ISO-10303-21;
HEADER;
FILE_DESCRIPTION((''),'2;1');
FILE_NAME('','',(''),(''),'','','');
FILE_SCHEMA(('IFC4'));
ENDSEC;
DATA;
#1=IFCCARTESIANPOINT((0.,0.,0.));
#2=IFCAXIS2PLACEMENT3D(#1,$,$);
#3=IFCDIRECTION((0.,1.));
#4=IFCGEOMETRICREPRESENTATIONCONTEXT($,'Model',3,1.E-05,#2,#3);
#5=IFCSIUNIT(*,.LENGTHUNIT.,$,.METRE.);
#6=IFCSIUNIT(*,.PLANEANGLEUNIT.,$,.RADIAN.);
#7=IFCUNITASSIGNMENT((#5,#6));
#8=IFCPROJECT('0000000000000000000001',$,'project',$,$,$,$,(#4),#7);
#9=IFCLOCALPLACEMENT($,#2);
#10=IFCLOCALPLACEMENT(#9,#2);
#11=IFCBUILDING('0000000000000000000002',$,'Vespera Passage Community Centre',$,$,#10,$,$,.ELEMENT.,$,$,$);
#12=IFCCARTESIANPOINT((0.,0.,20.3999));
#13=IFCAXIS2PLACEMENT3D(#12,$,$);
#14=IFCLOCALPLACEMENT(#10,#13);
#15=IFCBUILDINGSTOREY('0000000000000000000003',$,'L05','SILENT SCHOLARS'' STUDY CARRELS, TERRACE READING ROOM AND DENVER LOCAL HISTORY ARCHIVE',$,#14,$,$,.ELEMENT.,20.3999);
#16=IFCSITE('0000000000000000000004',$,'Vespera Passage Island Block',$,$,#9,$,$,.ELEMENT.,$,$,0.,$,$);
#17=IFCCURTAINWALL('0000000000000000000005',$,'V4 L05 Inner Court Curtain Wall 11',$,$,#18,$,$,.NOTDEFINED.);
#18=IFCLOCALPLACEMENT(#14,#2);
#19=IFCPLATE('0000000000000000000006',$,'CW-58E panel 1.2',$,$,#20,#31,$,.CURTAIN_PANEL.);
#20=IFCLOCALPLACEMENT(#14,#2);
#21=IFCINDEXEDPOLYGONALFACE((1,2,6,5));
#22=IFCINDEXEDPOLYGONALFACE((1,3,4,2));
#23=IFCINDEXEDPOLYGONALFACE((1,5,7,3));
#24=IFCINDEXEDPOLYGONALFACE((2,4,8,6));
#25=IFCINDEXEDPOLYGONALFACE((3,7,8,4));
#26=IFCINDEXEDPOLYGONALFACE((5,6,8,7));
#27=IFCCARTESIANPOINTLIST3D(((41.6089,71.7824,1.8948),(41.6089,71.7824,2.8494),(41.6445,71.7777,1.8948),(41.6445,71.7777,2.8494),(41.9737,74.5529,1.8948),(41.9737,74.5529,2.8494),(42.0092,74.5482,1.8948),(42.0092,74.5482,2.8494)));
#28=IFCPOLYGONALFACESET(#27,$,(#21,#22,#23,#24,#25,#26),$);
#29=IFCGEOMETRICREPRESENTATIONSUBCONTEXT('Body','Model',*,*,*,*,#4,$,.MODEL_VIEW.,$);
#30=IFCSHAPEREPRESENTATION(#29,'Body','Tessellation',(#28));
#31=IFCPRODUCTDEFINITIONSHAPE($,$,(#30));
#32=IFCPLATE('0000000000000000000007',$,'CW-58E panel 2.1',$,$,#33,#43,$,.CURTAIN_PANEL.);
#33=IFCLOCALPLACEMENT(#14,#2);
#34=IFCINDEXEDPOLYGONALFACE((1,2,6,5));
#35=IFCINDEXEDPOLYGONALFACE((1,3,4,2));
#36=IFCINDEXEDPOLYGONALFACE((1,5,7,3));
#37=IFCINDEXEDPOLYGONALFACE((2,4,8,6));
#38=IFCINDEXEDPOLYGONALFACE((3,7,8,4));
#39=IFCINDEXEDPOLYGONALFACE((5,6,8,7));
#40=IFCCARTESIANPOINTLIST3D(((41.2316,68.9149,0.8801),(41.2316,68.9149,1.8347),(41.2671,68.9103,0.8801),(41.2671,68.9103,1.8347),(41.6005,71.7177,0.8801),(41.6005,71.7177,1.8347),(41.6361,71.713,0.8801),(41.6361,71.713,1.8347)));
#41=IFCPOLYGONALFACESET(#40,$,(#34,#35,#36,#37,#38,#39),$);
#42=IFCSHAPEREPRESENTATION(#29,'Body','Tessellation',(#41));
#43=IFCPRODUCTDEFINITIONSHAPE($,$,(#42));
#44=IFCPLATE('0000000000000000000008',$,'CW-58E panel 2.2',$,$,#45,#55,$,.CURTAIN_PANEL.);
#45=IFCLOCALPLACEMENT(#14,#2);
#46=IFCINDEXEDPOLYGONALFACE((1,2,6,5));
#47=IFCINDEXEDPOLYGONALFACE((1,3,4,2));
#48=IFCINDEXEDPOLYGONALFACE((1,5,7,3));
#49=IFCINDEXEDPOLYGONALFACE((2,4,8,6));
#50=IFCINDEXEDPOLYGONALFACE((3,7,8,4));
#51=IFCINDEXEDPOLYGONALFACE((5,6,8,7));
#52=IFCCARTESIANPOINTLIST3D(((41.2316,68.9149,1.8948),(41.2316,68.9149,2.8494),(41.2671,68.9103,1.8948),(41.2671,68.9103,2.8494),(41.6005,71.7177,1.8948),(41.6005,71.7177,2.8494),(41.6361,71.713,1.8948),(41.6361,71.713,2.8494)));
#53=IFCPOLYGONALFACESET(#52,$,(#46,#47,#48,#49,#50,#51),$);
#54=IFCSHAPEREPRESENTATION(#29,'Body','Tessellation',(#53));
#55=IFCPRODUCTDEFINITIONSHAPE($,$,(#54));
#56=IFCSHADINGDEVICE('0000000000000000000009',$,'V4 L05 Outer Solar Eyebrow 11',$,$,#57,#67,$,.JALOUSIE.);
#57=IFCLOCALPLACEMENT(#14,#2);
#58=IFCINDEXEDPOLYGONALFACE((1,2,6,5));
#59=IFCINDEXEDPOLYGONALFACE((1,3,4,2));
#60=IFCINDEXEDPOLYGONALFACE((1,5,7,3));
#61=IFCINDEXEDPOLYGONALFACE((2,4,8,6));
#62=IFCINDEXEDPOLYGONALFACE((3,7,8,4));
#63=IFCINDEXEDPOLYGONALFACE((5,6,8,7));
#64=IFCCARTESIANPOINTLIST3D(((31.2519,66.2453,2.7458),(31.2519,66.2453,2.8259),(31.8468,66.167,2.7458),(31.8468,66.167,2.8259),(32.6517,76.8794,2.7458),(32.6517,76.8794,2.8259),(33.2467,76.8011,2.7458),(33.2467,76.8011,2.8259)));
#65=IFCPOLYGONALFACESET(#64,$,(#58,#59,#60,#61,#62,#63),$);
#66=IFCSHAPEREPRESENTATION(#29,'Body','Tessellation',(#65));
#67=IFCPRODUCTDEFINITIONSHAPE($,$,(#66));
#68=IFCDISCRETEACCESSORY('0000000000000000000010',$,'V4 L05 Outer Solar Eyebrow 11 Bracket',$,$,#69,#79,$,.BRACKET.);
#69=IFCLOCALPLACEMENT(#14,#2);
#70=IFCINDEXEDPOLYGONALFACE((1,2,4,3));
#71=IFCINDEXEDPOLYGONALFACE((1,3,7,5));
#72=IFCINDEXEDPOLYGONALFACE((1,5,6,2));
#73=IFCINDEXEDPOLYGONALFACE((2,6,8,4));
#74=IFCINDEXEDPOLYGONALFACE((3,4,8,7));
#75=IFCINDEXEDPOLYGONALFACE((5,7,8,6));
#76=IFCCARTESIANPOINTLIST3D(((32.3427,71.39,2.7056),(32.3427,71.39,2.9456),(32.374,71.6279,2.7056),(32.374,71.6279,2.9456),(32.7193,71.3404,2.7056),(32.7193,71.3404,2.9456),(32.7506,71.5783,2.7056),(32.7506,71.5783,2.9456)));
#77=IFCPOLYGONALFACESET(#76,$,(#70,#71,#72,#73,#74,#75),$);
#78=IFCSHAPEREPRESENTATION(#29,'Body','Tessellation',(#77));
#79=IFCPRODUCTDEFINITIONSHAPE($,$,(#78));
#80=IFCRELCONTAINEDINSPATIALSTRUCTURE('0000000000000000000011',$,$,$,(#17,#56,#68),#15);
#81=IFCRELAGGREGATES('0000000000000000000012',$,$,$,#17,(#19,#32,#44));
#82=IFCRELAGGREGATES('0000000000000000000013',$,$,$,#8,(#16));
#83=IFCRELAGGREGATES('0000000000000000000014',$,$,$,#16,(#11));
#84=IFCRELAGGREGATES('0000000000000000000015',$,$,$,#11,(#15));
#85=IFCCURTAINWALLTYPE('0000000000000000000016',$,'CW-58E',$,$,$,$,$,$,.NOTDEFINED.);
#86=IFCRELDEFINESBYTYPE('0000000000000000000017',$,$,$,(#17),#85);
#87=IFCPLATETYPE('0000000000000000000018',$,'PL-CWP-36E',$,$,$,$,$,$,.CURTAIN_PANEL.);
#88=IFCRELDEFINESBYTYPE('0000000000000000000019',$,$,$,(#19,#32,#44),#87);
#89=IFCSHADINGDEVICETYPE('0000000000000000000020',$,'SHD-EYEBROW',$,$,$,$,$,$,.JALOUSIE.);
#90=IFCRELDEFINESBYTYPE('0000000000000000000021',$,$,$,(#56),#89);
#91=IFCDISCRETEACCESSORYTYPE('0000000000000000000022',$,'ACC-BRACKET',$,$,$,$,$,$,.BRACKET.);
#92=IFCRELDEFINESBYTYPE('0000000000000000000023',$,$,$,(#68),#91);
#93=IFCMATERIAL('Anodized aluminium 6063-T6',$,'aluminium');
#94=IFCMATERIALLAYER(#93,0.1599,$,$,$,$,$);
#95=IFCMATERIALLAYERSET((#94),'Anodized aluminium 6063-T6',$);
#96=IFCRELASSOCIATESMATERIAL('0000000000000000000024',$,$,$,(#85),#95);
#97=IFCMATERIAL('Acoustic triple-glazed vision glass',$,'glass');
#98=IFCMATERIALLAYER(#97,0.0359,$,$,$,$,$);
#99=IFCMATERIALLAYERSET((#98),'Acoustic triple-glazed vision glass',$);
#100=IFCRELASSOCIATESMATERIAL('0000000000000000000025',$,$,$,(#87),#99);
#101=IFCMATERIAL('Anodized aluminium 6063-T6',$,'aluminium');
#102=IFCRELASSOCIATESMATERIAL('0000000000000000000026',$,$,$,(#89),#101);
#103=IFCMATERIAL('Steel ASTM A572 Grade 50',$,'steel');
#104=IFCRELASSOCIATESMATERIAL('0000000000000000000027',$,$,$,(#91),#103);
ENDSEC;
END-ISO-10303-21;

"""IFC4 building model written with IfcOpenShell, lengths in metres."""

from ifc_helpers import new_model, si_unit, direction, frame, origin, origin_2d, place, context, subcontext, project, spatial, rectangle, extrude, material, layer, layer_set, type_object, element, aggregate, save


model = new_model("IFC4")

# Units and contexts
model_context = context("Model", 3, precision=1e-05, world=origin(), true_north=direction((0.0, 1.0)))
body_context = subcontext(model_context, "Body", "Model", "MODEL_VIEW")
ifc_project = project(units=[si_unit("LENGTHUNIT", "METRE"), si_unit("PLANEANGLEUNIT", "RADIAN")], contexts=[model_context])

# Site, building, storey
site_placement = place(None, origin())
site = spatial("IfcSite", under=ifc_project, at=site_placement, Name="Vespera Passage Island Block", CompositionType="ELEMENT", RefElevation=0.0)
building_placement = place(site_placement, origin())
building = spatial("IfcBuilding", under=site, at=building_placement, Name="Vespera Passage Community Centre", CompositionType="ELEMENT")
storey_placement = place(building_placement, frame((0.0, 0.0, 20.3999)))
storey = spatial("IfcBuildingStorey", under=building, at=storey_placement, Name="L05", Description="SILENT SCHOLARS' STUDY CARRELS, TERRACE READING ROOM AND DENVER LOCAL HISTORY ARCHIVE", CompositionType="ELEMENT", Elevation=20.3999)

# Curtain wall
ifc_material_1 = material(Name="Anodized aluminium 6063-T6", Category="aluminium")
ifc_layer_1 = layer(ifc_material_1, 0.1599)
ifc_layer_set_1 = layer_set([ifc_layer_1], Name="Anodized aluminium 6063-T6")
curtain_wall_type_1 = type_object("IfcCurtainWallType", Name="CW-58E", PredefinedType="NOTDEFINED", material=ifc_layer_set_1)
curtain_wall_1_placement = place(storey_placement, origin())
curtain_wall_1 = element("IfcCurtainWall", 1, at=curtain_wall_1_placement, inside=storey, type_object=curtain_wall_type_1, Name="V4 L05 Inner Court Curtain Wall 11", PredefinedType="NOTDEFINED")

# Plates
ifc_material_2 = material(Name="Acoustic triple-glazed vision glass", Category="glass")
ifc_layer_2 = layer(ifc_material_2, 0.0359)
ifc_layer_set_2 = layer_set([ifc_layer_2], Name="Acoustic triple-glazed vision glass")
plate_type = type_object("IfcPlateType", Name="PL-CWP-36E", PredefinedType="CURTAIN_PANEL", material=ifc_layer_set_2)
plate_1_placement = place(storey_placement, frame((41.8091, 73.1653, 1.8948), z_axis=(0.0, 0.0, 1.0), x_axis=(-0.130522, -0.991445, 0.0)))
plate_1 = element("IfcPlate", 2, at=plate_1_placement, type_object=plate_type, Name="CW-58E panel 1.2", PredefinedType="CURTAIN_PANEL", context=body_context, shape_type="SweptSolid", body=[
    extrude(rectangle(XDim=2.7944, YDim=0.0359, at=origin_2d()), origin(), (0.0, 0.0, 1.0), 0.9546),
])
plate_2_placement = place(storey_placement, frame((41.4338, 70.314, 0.8801), z_axis=(0.0, 0.0, 1.0), x_axis=(-0.130522, -0.991445, 0.0)))
plate_2 = element("IfcPlate", 3, at=plate_2_placement, type_object=plate_type, Name="CW-58E panel 2.1", PredefinedType="CURTAIN_PANEL", context=body_context, shape_type="SweptSolid", body=[
    extrude(rectangle(XDim=2.8269, YDim=0.0359, at=origin_2d()), origin(), (0.0, 0.0, 1.0), 0.9546),
])
plate_3_placement = place(storey_placement, frame((41.4338, 70.314, 1.8948), z_axis=(0.0, 0.0, 1.0), x_axis=(-0.130522, -0.991445, 0.0)))
plate_3 = element("IfcPlate", 4, at=plate_3_placement, type_object=plate_type, Name="CW-58E panel 2.2", PredefinedType="CURTAIN_PANEL", context=body_context, shape_type="SweptSolid", body=[
    extrude(rectangle(XDim=2.8269, YDim=0.0359, at=origin_2d()), origin(), (0.0, 0.0, 1.0), 0.9546),
])
aggregate(curtain_wall_1, [plate_1, plate_2, plate_3])

# Shading device
ifc_material_3 = material(Name="Anodized aluminium 6063-T6", Category="aluminium")
shading_device_type = type_object("IfcShadingDeviceType", Name="SHD-EYEBROW", PredefinedType="JALOUSIE", material=ifc_material_3)
shading_device_placement = place(storey_placement, frame((32.2493, 71.5232, 2.7458), z_axis=(0.0, 0.0, 1.0), x_axis=(0.130509, 0.991447, 0.0)))
element("IfcShadingDevice", 5, at=shading_device_placement, inside=storey, type_object=shading_device_type, Name="V4 L05 Outer Solar Eyebrow 11", PredefinedType="JALOUSIE", context=body_context, shape_type="SweptSolid", body=[
    extrude(rectangle(XDim=10.7258, YDim=0.6001, at=origin_2d()), origin(), (0.0, 0.0, 1.0), 0.0801),
])

# Discrete accessory
ifc_material_4 = material(Name="Steel ASTM A572 Grade 50", Category="steel")
discrete_accessory_type = type_object("IfcDiscreteAccessoryType", Name="ACC-BRACKET", PredefinedType="BRACKET", material=ifc_material_4)
discrete_accessory_placement = place(storey_placement, frame((32.5466, 71.4841, 2.7056), z_axis=(0.0, 0.0, 1.0), x_axis=(0.130509, 0.991447, 0.0)))
element("IfcDiscreteAccessory", 6, at=discrete_accessory_placement, inside=storey, type_object=discrete_accessory_type, Name="V4 L05 Outer Solar Eyebrow 11 Bracket", PredefinedType="BRACKET", context=body_context, shape_type="SweptSolid", body=[
    extrude(rectangle(XDim=0.24, YDim=0.3799, at=origin_2d()), origin(), (0.0, 0.0, 1.0), 0.24),
])

save(model, "model.ifc")
